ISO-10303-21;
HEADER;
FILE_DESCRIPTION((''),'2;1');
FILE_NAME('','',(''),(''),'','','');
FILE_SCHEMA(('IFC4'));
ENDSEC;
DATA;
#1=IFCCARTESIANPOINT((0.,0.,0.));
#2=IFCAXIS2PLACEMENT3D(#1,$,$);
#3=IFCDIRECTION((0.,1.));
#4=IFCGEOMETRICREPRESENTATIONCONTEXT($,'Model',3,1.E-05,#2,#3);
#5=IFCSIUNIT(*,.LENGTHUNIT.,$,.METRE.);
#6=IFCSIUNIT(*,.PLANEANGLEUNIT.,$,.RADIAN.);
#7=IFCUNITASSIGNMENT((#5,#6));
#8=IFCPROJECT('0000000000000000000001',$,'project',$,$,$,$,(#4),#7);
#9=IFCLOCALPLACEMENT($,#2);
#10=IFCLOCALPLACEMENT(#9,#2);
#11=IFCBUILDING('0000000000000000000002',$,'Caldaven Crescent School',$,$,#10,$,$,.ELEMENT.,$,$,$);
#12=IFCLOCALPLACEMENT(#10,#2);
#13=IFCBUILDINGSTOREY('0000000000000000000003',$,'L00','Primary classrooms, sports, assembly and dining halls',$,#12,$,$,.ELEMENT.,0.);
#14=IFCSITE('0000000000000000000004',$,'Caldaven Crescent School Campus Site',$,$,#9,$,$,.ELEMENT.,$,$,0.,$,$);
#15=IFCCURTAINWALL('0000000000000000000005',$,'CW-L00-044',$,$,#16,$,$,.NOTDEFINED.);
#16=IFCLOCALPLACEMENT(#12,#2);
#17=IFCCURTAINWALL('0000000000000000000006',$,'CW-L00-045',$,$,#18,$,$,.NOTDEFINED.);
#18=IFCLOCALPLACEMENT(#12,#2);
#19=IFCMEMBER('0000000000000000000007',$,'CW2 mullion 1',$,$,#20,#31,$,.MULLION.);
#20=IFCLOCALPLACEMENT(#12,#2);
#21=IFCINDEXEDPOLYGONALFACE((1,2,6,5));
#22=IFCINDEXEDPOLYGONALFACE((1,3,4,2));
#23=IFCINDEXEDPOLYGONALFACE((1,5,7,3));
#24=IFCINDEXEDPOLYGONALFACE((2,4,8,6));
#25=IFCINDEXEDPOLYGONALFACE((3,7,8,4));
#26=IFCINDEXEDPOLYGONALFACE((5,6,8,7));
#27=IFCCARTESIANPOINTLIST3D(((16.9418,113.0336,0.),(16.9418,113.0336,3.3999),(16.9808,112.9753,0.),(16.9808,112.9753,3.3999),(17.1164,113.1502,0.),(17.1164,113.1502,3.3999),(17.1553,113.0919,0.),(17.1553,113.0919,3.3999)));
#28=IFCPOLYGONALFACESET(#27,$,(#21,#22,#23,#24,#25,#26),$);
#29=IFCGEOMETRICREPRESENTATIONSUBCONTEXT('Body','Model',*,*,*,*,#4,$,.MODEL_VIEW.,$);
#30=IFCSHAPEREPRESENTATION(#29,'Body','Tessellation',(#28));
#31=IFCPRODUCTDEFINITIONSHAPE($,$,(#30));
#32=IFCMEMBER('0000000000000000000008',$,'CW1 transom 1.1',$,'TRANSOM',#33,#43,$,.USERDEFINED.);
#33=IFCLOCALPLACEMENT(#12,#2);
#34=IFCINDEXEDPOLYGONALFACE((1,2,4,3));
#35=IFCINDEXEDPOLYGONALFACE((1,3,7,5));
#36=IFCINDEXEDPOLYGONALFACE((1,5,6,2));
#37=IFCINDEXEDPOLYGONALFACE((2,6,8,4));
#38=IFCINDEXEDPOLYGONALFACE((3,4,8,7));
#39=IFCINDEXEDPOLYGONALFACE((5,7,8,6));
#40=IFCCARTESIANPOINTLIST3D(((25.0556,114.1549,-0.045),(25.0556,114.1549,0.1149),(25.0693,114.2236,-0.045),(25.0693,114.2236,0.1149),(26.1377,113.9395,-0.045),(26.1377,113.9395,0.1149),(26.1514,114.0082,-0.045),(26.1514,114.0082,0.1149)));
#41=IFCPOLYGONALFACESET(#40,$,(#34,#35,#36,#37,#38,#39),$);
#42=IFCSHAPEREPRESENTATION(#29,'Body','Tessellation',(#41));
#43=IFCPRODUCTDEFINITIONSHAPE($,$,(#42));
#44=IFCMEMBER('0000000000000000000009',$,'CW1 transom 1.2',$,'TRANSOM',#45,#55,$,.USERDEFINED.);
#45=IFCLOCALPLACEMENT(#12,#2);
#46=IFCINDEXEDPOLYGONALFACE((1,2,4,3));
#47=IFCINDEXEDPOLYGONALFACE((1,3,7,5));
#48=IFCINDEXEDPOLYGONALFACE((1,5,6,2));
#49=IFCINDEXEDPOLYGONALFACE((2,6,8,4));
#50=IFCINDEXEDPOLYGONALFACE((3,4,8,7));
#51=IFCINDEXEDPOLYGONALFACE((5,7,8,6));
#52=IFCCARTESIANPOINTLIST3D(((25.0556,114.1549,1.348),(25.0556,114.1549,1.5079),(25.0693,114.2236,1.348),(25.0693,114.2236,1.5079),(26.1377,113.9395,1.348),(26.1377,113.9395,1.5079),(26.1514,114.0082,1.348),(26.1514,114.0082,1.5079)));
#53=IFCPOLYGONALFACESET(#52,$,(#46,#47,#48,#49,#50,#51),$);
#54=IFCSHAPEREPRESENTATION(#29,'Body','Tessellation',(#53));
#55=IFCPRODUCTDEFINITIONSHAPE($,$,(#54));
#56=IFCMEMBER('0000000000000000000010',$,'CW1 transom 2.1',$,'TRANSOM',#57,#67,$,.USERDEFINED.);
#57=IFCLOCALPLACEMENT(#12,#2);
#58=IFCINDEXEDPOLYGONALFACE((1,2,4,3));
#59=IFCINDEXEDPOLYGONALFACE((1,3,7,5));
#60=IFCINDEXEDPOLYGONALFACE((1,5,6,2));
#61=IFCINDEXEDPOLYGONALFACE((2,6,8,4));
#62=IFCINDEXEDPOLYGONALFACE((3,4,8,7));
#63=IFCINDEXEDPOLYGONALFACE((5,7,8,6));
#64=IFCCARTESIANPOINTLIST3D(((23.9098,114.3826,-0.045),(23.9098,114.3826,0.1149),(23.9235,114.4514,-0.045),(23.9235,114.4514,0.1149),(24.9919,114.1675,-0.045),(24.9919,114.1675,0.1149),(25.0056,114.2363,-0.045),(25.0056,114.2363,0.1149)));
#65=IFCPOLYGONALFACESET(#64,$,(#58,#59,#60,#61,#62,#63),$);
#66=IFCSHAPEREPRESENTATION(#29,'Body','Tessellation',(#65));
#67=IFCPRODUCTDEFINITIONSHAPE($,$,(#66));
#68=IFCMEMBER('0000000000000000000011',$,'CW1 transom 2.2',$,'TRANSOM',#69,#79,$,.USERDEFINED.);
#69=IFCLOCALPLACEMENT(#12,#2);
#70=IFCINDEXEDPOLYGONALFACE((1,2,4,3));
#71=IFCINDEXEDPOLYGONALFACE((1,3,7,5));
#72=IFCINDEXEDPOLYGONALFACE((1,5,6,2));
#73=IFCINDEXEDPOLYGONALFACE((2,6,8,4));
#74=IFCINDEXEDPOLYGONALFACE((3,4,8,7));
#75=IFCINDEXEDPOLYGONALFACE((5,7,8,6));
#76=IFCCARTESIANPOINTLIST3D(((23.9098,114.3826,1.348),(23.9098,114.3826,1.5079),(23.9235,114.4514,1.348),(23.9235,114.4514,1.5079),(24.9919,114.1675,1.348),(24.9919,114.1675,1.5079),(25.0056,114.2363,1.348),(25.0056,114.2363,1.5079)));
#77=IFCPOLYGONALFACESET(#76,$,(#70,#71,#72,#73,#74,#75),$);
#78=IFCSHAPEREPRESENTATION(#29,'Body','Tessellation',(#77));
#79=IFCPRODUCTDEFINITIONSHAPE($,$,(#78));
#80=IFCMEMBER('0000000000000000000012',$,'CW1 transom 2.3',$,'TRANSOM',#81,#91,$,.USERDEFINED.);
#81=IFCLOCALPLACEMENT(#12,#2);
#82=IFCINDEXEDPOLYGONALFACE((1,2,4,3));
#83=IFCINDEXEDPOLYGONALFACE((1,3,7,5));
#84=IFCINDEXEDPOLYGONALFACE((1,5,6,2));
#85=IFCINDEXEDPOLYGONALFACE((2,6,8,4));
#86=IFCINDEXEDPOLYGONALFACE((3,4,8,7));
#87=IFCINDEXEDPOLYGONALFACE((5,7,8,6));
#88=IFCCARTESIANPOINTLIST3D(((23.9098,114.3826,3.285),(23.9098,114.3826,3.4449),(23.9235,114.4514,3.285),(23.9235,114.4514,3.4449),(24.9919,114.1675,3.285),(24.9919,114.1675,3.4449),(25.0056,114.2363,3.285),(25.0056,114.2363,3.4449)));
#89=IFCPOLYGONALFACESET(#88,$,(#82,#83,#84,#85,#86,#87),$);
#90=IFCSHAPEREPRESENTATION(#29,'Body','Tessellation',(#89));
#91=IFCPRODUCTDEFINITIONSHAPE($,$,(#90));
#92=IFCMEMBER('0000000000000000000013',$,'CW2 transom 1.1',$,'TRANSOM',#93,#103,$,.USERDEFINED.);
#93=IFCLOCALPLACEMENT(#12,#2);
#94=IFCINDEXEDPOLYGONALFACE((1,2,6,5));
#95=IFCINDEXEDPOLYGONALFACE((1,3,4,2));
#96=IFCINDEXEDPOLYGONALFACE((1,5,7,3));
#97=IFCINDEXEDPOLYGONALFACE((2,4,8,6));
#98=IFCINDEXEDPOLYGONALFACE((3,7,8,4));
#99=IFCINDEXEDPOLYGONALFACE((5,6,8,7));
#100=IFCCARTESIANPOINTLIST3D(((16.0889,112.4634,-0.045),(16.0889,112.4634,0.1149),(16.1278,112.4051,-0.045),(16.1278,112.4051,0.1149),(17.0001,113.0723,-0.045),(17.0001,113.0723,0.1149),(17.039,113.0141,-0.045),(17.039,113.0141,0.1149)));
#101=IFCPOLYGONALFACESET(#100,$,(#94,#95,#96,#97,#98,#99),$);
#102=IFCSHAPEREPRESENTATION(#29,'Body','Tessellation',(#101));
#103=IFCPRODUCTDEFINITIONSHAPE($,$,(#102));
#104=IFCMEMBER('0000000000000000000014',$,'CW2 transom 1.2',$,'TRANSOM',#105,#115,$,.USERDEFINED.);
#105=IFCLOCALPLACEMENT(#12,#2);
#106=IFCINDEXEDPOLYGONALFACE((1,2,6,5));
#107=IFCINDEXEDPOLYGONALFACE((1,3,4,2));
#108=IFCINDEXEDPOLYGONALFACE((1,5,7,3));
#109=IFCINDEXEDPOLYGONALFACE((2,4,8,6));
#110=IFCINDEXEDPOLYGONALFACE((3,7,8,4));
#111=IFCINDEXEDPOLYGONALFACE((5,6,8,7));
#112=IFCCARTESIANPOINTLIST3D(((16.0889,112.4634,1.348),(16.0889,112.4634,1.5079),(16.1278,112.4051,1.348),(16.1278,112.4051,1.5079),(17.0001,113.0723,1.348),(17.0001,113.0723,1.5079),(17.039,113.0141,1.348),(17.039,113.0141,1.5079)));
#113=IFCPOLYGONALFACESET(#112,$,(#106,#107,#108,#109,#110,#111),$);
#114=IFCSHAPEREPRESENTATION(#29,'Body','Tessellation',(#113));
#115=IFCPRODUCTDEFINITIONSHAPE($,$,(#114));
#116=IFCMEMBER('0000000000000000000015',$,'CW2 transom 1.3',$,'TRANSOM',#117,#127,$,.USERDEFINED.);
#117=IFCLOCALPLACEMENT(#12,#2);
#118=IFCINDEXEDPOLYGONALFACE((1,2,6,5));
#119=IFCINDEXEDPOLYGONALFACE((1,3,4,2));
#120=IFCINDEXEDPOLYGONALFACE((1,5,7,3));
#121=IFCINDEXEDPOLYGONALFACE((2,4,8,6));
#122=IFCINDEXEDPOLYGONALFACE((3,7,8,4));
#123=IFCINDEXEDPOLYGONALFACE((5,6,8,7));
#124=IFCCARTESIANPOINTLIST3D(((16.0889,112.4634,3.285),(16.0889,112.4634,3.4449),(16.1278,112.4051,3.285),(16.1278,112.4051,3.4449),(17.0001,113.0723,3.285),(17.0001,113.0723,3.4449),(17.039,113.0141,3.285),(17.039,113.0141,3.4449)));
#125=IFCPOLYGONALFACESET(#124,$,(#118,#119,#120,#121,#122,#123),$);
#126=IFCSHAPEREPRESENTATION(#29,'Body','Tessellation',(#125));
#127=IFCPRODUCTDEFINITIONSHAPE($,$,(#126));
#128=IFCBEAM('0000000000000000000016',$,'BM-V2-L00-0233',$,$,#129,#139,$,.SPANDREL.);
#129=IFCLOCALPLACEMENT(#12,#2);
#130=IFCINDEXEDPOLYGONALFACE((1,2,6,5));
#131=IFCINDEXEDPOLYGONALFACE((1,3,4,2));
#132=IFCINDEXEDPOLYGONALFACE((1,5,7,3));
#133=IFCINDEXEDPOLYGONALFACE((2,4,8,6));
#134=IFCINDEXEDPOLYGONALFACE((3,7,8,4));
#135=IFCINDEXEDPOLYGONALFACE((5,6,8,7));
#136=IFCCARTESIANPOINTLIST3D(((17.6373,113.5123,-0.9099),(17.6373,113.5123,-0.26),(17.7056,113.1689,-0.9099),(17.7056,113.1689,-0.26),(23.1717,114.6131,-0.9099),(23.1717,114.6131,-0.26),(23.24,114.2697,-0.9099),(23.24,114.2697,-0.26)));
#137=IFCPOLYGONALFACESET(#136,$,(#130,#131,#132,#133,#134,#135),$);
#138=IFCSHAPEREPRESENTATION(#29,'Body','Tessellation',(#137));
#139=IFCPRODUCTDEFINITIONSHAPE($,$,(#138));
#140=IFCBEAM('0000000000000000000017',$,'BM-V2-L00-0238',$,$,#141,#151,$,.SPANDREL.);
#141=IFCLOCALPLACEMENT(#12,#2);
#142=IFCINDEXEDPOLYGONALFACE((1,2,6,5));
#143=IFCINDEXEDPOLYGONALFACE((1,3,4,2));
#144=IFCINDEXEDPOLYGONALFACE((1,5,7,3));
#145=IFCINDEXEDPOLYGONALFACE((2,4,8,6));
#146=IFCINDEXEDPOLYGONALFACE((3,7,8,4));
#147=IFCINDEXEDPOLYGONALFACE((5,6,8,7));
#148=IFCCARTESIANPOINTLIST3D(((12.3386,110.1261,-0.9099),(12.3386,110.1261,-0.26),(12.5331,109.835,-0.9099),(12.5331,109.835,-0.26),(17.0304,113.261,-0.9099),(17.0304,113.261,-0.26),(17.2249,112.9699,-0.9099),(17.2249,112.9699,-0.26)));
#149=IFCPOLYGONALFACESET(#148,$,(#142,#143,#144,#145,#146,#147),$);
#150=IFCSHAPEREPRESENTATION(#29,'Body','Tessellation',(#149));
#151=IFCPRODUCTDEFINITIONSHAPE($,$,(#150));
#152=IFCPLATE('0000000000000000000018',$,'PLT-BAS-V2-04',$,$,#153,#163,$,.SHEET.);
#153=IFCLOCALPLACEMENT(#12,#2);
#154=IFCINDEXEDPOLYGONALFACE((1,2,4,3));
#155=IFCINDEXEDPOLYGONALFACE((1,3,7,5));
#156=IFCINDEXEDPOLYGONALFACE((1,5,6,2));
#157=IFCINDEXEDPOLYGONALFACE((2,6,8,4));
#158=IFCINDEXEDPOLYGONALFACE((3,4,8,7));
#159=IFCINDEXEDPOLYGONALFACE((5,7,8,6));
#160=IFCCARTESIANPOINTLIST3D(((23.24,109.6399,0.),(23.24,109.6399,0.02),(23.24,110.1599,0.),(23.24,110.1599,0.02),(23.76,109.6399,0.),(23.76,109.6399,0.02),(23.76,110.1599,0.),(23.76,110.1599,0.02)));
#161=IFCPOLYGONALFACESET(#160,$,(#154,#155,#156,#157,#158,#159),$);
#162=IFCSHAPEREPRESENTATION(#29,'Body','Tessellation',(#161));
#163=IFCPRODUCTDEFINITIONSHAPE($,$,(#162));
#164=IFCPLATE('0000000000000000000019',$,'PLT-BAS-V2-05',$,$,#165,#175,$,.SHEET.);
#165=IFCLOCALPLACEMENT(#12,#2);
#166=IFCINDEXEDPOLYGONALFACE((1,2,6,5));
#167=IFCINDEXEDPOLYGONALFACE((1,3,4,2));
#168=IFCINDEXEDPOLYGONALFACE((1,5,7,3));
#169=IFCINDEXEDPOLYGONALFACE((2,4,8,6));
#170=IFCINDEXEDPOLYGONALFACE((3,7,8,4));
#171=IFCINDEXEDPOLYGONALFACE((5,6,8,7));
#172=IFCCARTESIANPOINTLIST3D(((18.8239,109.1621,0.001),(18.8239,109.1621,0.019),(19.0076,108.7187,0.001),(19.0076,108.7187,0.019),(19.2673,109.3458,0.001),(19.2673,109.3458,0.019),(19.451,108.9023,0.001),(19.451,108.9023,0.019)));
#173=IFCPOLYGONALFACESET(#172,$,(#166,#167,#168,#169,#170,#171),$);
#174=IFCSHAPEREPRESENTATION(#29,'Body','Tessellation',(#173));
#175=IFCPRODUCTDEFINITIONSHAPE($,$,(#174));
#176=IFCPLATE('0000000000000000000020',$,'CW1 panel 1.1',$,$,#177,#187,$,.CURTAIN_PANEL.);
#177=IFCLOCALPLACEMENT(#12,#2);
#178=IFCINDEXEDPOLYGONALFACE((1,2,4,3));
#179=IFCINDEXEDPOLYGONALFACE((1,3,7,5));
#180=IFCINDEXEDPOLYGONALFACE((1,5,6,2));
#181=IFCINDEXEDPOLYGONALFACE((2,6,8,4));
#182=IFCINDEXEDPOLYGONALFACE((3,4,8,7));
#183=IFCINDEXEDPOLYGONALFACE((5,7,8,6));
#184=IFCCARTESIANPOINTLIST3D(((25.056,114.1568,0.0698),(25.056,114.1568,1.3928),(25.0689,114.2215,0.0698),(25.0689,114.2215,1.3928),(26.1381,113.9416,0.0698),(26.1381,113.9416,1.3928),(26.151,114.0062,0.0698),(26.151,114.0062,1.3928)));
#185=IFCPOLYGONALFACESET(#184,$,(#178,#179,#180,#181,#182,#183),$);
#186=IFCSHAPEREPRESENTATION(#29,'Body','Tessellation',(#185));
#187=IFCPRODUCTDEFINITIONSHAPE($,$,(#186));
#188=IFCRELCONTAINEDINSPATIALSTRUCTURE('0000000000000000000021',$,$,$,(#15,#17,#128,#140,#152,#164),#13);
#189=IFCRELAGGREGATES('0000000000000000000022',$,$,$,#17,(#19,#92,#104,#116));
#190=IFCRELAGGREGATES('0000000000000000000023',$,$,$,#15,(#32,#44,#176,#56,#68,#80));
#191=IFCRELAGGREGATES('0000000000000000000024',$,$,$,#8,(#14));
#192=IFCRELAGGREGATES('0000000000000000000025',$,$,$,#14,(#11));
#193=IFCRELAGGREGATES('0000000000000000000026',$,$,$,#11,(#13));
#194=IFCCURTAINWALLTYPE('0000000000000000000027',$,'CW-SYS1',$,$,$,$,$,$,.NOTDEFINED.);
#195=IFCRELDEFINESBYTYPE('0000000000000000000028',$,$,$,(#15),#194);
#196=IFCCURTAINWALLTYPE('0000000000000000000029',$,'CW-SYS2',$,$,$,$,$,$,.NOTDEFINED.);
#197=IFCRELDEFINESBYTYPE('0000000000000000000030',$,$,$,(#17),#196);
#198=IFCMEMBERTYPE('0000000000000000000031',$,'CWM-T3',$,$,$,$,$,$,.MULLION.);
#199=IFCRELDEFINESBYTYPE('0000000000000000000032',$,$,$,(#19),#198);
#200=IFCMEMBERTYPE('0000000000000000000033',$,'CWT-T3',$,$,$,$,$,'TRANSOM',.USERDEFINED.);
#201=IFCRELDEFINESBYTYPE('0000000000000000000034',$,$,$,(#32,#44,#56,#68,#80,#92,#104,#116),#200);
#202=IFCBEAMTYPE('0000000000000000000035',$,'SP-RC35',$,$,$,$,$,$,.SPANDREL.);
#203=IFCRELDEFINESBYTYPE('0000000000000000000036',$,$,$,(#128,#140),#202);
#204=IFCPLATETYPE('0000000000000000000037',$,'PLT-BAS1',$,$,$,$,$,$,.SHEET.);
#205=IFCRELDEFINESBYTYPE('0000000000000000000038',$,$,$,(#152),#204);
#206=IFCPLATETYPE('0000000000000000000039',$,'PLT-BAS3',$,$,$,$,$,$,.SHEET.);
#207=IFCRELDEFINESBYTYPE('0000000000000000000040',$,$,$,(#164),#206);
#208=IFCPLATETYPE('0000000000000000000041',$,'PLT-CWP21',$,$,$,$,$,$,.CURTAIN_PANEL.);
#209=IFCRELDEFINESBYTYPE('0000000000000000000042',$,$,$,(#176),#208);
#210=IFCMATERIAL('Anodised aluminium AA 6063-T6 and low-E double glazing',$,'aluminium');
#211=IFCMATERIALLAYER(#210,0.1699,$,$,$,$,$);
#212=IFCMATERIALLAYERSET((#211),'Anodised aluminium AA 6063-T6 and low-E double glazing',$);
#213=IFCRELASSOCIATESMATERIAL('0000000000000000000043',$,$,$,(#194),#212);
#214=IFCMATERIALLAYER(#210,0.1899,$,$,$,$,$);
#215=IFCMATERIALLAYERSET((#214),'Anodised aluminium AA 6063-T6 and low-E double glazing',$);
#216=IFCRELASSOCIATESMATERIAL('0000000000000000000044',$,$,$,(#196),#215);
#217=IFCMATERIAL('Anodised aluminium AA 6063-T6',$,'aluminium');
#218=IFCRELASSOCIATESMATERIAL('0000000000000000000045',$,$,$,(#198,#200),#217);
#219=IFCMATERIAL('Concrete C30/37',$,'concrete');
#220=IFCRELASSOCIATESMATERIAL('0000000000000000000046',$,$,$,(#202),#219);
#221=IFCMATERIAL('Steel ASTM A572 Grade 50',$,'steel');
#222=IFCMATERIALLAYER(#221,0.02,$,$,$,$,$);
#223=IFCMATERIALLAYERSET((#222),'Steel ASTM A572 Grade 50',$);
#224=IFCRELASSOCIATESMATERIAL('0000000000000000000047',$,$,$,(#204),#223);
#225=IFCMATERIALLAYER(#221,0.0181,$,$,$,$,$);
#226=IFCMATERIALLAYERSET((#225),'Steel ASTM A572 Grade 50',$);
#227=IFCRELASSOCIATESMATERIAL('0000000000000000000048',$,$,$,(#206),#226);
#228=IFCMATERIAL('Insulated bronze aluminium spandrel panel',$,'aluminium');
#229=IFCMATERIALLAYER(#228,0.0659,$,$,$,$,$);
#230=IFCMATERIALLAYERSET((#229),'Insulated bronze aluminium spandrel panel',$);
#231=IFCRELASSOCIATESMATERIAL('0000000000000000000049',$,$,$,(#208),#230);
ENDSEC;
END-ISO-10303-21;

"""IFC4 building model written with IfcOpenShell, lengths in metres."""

from ifc_helpers import new_model, si_unit, direction, frame, origin, origin_2d, place, context, subcontext, project, spatial, rectangle, extrude, material, layer, layer_set, material_profile, profile_set, type_object, element, aggregate, save


model = new_model("IFC4")

# Units and contexts
model_context = context("Model", 3, precision=1e-05, world=origin(), true_north=direction((0.0, 1.0)))
body_context = subcontext(model_context, "Body", "Model", "MODEL_VIEW")
ifc_project = project(units=[si_unit("LENGTHUNIT", "METRE"), si_unit("PLANEANGLEUNIT", "RADIAN")], contexts=[model_context])

# Site, building, storey
site_placement = place(None, origin())
site = spatial("IfcSite", under=ifc_project, at=site_placement, Name="Caldaven Crescent School Campus Site", CompositionType="ELEMENT", RefElevation=0.0)
building_placement = place(site_placement, origin())
building = spatial("IfcBuilding", under=site, at=building_placement, Name="Caldaven Crescent School", CompositionType="ELEMENT")
storey_placement = place(building_placement, origin())
storey = spatial("IfcBuildingStorey", under=building, at=storey_placement, Name="L00", Description="Primary classrooms, sports, assembly and dining halls", CompositionType="ELEMENT", Elevation=0.0)

# Shared definitions
ifc_material_1 = material(Name="Concrete C30/37", Category="concrete")

# Curtain wall
ifc_material_2 = material(Name="Anodised aluminium AA 6063-T6 and low-E double glazing", Category="aluminium")
ifc_layer_1 = layer(ifc_material_2, 0.1699)
ifc_layer_set_1 = layer_set([ifc_layer_1], Name="Anodised aluminium AA 6063-T6 and low-E double glazing")
curtain_wall_type_1 = type_object("IfcCurtainWallType", Name="CW-SYS1", PredefinedType="NOTDEFINED", material=ifc_layer_set_1)
curtain_wall_1_placement = place(storey_placement, origin())
curtain_wall_1 = element("IfcCurtainWall", 1, at=curtain_wall_1_placement, inside=storey, type_object=curtain_wall_type_1, Name="CW-L00-044", PredefinedType="NOTDEFINED")
ifc_material_3 = material(Name="Anodised aluminium AA 6063-T6", Category="aluminium")

# Curtain wall, member
ifc_layer_2 = layer(ifc_material_2, 0.1899)
ifc_layer_set_2 = layer_set([ifc_layer_2], Name="Anodised aluminium AA 6063-T6 and low-E double glazing")
curtain_wall_type_2 = type_object("IfcCurtainWallType", Name="CW-SYS2", PredefinedType="NOTDEFINED", material=ifc_layer_set_2)
curtain_wall_2_placement = place(storey_placement, origin())
curtain_wall_2 = element("IfcCurtainWall", 2, at=curtain_wall_2_placement, inside=storey, type_object=curtain_wall_type_2, Name="CW-L00-045", PredefinedType="NOTDEFINED")
ifc_material_profile_1 = material_profile(ifc_material_3, rectangle(XDim=0.0701, YDim=0.21, at=origin_2d()), Name="CWM 70x210")
ifc_profile_set_1 = profile_set([ifc_material_profile_1], Name="Anodised aluminium AA 6063-T6")
member_type_1 = type_object("IfcMemberType", Name="CWM-T3", PredefinedType="MULLION", material=ifc_profile_set_1)
member_1_placement = place(storey_placement, frame((17.0486, 113.0627, 0.0), z_axis=(0.0, 0.0, 1.0), x_axis=(0.55557, -0.83147, 0.0)))
member_1 = element("IfcMember", 3, at=member_1_placement, type_object=member_type_1, Name="CW2 mullion 1", PredefinedType="MULLION", context=body_context, shape_type="SweptSolid", body=[
    extrude(rectangle(XDim=0.0701, YDim=0.21, at=origin_2d()), origin(), (0.0, 0.0, 1.0), 3.3999),
])

# Members
ifc_material_profile_2 = material_profile(ifc_material_3, rectangle(XDim=0.0701, YDim=0.1599, at=origin_2d()), Name="CWT 70x160")
ifc_profile_set_2 = profile_set([ifc_material_profile_2], Name="Anodised aluminium AA 6063-T6")
member_type_2 = type_object("IfcMemberType", Name="CWT-T3", ElementType="TRANSOM", PredefinedType="USERDEFINED", material=ifc_profile_set_2)
member_2_placement = place(storey_placement, frame((26.1445, 113.9739, 0.0349), z_axis=(-0.980767, 0.19518, 0.0), x_axis=(-0.19518, -0.980767, 0.0)))
member_2 = element("IfcMember", 4, at=member_2_placement, type_object=member_type_2, Name="CW1 transom 1.1", ObjectType="TRANSOM", PredefinedType="USERDEFINED", context=body_context, shape_type="SweptSolid", body=[
    extrude(rectangle(XDim=0.0701, YDim=0.1599, at=origin_2d()), origin(), (0.0, 0.0, 1.0), 1.1033),
])
member_3_placement = place(storey_placement, frame((26.1445, 113.9739, 1.428), z_axis=(-0.980767, 0.19518, 0.0), x_axis=(-0.19518, -0.980767, 0.0)))
member_3 = element("IfcMember", 5, at=member_3_placement, type_object=member_type_2, Name="CW1 transom 1.2", ObjectType="TRANSOM", PredefinedType="USERDEFINED", context=body_context, shape_type="SweptSolid", body=[
    extrude(rectangle(XDim=0.0701, YDim=0.1599, at=origin_2d()), origin(), (0.0, 0.0, 1.0), 1.1033),
])
member_4_placement = place(storey_placement, frame((24.9988, 114.2019, 0.0349), z_axis=(-0.98081, 0.194967, 0.0), x_axis=(-0.194967, -0.98081, 0.0)))
member_4 = element("IfcMember", 6, at=member_4_placement, type_object=member_type_2, Name="CW1 transom 2.1", ObjectType="TRANSOM", PredefinedType="USERDEFINED", context=body_context, shape_type="SweptSolid", body=[
    extrude(rectangle(XDim=0.0701, YDim=0.1599, at=origin_2d()), origin(), (0.0, 0.0, 1.0), 1.1033),
])
member_5_placement = place(storey_placement, frame((24.9988, 114.2019, 1.428), z_axis=(-0.98081, 0.194967, 0.0), x_axis=(-0.194967, -0.98081, 0.0)))
member_5 = element("IfcMember", 7, at=member_5_placement, type_object=member_type_2, Name="CW1 transom 2.2", ObjectType="TRANSOM", PredefinedType="USERDEFINED", context=body_context, shape_type="SweptSolid", body=[
    extrude(rectangle(XDim=0.0701, YDim=0.1599, at=origin_2d()), origin(), (0.0, 0.0, 1.0), 1.1033),
])
member_6_placement = place(storey_placement, frame((24.9988, 114.2019, 3.365), z_axis=(-0.98081, 0.194967, 0.0), x_axis=(-0.194967, -0.98081, 0.0)))
member_6 = element("IfcMember", 8, at=member_6_placement, type_object=member_type_2, Name="CW1 transom 2.3", ObjectType="TRANSOM", PredefinedType="USERDEFINED", context=body_context, shape_type="SweptSolid", body=[
    extrude(rectangle(XDim=0.0701, YDim=0.1599, at=origin_2d()), origin(), (0.0, 0.0, 1.0), 1.1033),
])
member_7_placement = place(storey_placement, frame((17.0195, 113.0432, 0.0349), z_axis=(-0.831433, -0.555625, 0.0), x_axis=(0.555625, -0.831433, 0.0)))
member_7 = element("IfcMember", 9, at=member_7_placement, type_object=member_type_2, Name="CW2 transom 1.1", ObjectType="TRANSOM", PredefinedType="USERDEFINED", context=body_context, shape_type="SweptSolid", body=[
    extrude(rectangle(XDim=0.0701, YDim=0.1599, at=origin_2d()), origin(), (0.0, 0.0, 1.0), 1.0959),
])
member_8_placement = place(storey_placement, frame((17.0195, 113.0432, 1.428), z_axis=(-0.831433, -0.555625, 0.0), x_axis=(0.555625, -0.831433, 0.0)))
member_8 = element("IfcMember", 10, at=member_8_placement, type_object=member_type_2, Name="CW2 transom 1.2", ObjectType="TRANSOM", PredefinedType="USERDEFINED", context=body_context, shape_type="SweptSolid", body=[
    extrude(rectangle(XDim=0.0701, YDim=0.1599, at=origin_2d()), origin(), (0.0, 0.0, 1.0), 1.0959),
])
member_9_placement = place(storey_placement, frame((17.0195, 113.0432, 3.365), z_axis=(-0.831433, -0.555625, 0.0), x_axis=(0.555625, -0.831433, 0.0)))
member_9 = element("IfcMember", 11, at=member_9_placement, type_object=member_type_2, Name="CW2 transom 1.3", ObjectType="TRANSOM", PredefinedType="USERDEFINED", context=body_context, shape_type="SweptSolid", body=[
    extrude(rectangle(XDim=0.0701, YDim=0.1599, at=origin_2d()), origin(), (0.0, 0.0, 1.0), 1.0959),
])
aggregate(curtain_wall_2, [member_1, member_7, member_8, member_9])

# Beams
ifc_material_profile_3 = material_profile(ifc_material_1, rectangle(XDim=0.3501, YDim=0.6499, at=origin_2d()), Name="RC 350x650")
ifc_profile_set_3 = profile_set([ifc_material_profile_3], Name="Concrete C30/37")
beam_type_1 = type_object("IfcBeamType", Name="SP-RC35", PredefinedType="SPANDREL", material=ifc_profile_set_3)
for number, where, z_axis, x_axis, name in (
    (12, (23.2058, 114.4414, -0.585), (-0.980786, -0.195084, 0.0), (0.195084, -0.980786, 0.0), "BM-V2-L00-0233"),
    (13, (17.1277, 113.1155, -0.585), (-0.831471, -0.555569, 0.0), (0.555569, -0.831471, 0.0), "BM-V2-L00-0238"),
):
    element("IfcBeam", number, at=place(storey_placement, frame(where, z_axis=z_axis, x_axis=x_axis)), inside=storey, type_object=beam_type_1, Name=name, PredefinedType="SPANDREL", context=body_context, shape_type="SweptSolid", body=[
        extrude(rectangle(XDim=0.3501, YDim=0.6499, at=origin_2d()), origin(), (0.0, 0.0, 1.0), 5.6428),
    ])

# Plates
ifc_material_4 = material(Name="Steel ASTM A572 Grade 50", Category="steel")
ifc_layer_3 = layer(ifc_material_4, 0.02)
ifc_layer_set_3 = layer_set([ifc_layer_3], Name="Steel ASTM A572 Grade 50")
plate_type_1 = type_object("IfcPlateType", Name="PLT-BAS1", PredefinedType="SHEET", material=ifc_layer_set_3)
plate_1_placement = place(storey_placement, frame((23.5, 109.8999, 0.0), z_axis=(0.0, 0.0, 1.0), x_axis=(0.0, 1.0, 0.0)))
element("IfcPlate", 14, at=plate_1_placement, inside=storey, type_object=plate_type_1, Name="PLT-BAS-V2-04", PredefinedType="SHEET", context=body_context, shape_type="SweptSolid", body=[
    extrude(rectangle(XDim=0.52, YDim=0.52, at=origin_2d()), origin(), (0.0, 0.0, 1.0), 0.02),
])
ifc_layer_4 = layer(ifc_material_4, 0.0181)
ifc_layer_set_4 = layer_set([ifc_layer_4], Name="Steel ASTM A572 Grade 50")
plate_type_2 = type_object("IfcPlateType", Name="PLT-BAS3", PredefinedType="SHEET", material=ifc_layer_set_4)
plate_2_placement = place(storey_placement, frame((19.1375, 109.0322, 0.001), z_axis=(0.0, 0.0, 1.0), x_axis=(-0.382683, 0.92388, 0.0)))
element("IfcPlate", 15, at=plate_2_placement, inside=storey, type_object=plate_type_2, Name="PLT-BAS-V2-05", PredefinedType="SHEET", context=body_context, shape_type="SweptSolid", body=[
    extrude(rectangle(XDim=0.48, YDim=0.48, at=origin_2d()), origin(), (0.0, 0.0, 1.0), 0.0181),
])

# Plate
ifc_material_5 = material(Name="Insulated bronze aluminium spandrel panel", Category="aluminium")
ifc_layer_5 = layer(ifc_material_5, 0.0659)
ifc_layer_set_5 = layer_set([ifc_layer_5], Name="Insulated bronze aluminium spandrel panel")
plate_type_3 = type_object("IfcPlateType", Name="PLT-CWP21", PredefinedType="CURTAIN_PANEL", material=ifc_layer_set_5)
plate_3_placement = place(storey_placement, frame((25.6035, 114.0815, 0.0698), z_axis=(0.0, 0.0, 1.0), x_axis=(-0.980785, 0.195091, 0.0)))
plate_3 = element("IfcPlate", 16, at=plate_3_placement, type_object=plate_type_3, Name="CW1 panel 1.1", PredefinedType="CURTAIN_PANEL", context=body_context, shape_type="SweptSolid", body=[
    extrude(rectangle(XDim=1.1033, YDim=0.0659, at=origin_2d()), origin(), (0.0, 0.0, 1.0), 1.323),
])
aggregate(curtain_wall_1, [member_2, member_3, plate_3, member_4, member_5, member_6])

save(model, "model.ifc")
